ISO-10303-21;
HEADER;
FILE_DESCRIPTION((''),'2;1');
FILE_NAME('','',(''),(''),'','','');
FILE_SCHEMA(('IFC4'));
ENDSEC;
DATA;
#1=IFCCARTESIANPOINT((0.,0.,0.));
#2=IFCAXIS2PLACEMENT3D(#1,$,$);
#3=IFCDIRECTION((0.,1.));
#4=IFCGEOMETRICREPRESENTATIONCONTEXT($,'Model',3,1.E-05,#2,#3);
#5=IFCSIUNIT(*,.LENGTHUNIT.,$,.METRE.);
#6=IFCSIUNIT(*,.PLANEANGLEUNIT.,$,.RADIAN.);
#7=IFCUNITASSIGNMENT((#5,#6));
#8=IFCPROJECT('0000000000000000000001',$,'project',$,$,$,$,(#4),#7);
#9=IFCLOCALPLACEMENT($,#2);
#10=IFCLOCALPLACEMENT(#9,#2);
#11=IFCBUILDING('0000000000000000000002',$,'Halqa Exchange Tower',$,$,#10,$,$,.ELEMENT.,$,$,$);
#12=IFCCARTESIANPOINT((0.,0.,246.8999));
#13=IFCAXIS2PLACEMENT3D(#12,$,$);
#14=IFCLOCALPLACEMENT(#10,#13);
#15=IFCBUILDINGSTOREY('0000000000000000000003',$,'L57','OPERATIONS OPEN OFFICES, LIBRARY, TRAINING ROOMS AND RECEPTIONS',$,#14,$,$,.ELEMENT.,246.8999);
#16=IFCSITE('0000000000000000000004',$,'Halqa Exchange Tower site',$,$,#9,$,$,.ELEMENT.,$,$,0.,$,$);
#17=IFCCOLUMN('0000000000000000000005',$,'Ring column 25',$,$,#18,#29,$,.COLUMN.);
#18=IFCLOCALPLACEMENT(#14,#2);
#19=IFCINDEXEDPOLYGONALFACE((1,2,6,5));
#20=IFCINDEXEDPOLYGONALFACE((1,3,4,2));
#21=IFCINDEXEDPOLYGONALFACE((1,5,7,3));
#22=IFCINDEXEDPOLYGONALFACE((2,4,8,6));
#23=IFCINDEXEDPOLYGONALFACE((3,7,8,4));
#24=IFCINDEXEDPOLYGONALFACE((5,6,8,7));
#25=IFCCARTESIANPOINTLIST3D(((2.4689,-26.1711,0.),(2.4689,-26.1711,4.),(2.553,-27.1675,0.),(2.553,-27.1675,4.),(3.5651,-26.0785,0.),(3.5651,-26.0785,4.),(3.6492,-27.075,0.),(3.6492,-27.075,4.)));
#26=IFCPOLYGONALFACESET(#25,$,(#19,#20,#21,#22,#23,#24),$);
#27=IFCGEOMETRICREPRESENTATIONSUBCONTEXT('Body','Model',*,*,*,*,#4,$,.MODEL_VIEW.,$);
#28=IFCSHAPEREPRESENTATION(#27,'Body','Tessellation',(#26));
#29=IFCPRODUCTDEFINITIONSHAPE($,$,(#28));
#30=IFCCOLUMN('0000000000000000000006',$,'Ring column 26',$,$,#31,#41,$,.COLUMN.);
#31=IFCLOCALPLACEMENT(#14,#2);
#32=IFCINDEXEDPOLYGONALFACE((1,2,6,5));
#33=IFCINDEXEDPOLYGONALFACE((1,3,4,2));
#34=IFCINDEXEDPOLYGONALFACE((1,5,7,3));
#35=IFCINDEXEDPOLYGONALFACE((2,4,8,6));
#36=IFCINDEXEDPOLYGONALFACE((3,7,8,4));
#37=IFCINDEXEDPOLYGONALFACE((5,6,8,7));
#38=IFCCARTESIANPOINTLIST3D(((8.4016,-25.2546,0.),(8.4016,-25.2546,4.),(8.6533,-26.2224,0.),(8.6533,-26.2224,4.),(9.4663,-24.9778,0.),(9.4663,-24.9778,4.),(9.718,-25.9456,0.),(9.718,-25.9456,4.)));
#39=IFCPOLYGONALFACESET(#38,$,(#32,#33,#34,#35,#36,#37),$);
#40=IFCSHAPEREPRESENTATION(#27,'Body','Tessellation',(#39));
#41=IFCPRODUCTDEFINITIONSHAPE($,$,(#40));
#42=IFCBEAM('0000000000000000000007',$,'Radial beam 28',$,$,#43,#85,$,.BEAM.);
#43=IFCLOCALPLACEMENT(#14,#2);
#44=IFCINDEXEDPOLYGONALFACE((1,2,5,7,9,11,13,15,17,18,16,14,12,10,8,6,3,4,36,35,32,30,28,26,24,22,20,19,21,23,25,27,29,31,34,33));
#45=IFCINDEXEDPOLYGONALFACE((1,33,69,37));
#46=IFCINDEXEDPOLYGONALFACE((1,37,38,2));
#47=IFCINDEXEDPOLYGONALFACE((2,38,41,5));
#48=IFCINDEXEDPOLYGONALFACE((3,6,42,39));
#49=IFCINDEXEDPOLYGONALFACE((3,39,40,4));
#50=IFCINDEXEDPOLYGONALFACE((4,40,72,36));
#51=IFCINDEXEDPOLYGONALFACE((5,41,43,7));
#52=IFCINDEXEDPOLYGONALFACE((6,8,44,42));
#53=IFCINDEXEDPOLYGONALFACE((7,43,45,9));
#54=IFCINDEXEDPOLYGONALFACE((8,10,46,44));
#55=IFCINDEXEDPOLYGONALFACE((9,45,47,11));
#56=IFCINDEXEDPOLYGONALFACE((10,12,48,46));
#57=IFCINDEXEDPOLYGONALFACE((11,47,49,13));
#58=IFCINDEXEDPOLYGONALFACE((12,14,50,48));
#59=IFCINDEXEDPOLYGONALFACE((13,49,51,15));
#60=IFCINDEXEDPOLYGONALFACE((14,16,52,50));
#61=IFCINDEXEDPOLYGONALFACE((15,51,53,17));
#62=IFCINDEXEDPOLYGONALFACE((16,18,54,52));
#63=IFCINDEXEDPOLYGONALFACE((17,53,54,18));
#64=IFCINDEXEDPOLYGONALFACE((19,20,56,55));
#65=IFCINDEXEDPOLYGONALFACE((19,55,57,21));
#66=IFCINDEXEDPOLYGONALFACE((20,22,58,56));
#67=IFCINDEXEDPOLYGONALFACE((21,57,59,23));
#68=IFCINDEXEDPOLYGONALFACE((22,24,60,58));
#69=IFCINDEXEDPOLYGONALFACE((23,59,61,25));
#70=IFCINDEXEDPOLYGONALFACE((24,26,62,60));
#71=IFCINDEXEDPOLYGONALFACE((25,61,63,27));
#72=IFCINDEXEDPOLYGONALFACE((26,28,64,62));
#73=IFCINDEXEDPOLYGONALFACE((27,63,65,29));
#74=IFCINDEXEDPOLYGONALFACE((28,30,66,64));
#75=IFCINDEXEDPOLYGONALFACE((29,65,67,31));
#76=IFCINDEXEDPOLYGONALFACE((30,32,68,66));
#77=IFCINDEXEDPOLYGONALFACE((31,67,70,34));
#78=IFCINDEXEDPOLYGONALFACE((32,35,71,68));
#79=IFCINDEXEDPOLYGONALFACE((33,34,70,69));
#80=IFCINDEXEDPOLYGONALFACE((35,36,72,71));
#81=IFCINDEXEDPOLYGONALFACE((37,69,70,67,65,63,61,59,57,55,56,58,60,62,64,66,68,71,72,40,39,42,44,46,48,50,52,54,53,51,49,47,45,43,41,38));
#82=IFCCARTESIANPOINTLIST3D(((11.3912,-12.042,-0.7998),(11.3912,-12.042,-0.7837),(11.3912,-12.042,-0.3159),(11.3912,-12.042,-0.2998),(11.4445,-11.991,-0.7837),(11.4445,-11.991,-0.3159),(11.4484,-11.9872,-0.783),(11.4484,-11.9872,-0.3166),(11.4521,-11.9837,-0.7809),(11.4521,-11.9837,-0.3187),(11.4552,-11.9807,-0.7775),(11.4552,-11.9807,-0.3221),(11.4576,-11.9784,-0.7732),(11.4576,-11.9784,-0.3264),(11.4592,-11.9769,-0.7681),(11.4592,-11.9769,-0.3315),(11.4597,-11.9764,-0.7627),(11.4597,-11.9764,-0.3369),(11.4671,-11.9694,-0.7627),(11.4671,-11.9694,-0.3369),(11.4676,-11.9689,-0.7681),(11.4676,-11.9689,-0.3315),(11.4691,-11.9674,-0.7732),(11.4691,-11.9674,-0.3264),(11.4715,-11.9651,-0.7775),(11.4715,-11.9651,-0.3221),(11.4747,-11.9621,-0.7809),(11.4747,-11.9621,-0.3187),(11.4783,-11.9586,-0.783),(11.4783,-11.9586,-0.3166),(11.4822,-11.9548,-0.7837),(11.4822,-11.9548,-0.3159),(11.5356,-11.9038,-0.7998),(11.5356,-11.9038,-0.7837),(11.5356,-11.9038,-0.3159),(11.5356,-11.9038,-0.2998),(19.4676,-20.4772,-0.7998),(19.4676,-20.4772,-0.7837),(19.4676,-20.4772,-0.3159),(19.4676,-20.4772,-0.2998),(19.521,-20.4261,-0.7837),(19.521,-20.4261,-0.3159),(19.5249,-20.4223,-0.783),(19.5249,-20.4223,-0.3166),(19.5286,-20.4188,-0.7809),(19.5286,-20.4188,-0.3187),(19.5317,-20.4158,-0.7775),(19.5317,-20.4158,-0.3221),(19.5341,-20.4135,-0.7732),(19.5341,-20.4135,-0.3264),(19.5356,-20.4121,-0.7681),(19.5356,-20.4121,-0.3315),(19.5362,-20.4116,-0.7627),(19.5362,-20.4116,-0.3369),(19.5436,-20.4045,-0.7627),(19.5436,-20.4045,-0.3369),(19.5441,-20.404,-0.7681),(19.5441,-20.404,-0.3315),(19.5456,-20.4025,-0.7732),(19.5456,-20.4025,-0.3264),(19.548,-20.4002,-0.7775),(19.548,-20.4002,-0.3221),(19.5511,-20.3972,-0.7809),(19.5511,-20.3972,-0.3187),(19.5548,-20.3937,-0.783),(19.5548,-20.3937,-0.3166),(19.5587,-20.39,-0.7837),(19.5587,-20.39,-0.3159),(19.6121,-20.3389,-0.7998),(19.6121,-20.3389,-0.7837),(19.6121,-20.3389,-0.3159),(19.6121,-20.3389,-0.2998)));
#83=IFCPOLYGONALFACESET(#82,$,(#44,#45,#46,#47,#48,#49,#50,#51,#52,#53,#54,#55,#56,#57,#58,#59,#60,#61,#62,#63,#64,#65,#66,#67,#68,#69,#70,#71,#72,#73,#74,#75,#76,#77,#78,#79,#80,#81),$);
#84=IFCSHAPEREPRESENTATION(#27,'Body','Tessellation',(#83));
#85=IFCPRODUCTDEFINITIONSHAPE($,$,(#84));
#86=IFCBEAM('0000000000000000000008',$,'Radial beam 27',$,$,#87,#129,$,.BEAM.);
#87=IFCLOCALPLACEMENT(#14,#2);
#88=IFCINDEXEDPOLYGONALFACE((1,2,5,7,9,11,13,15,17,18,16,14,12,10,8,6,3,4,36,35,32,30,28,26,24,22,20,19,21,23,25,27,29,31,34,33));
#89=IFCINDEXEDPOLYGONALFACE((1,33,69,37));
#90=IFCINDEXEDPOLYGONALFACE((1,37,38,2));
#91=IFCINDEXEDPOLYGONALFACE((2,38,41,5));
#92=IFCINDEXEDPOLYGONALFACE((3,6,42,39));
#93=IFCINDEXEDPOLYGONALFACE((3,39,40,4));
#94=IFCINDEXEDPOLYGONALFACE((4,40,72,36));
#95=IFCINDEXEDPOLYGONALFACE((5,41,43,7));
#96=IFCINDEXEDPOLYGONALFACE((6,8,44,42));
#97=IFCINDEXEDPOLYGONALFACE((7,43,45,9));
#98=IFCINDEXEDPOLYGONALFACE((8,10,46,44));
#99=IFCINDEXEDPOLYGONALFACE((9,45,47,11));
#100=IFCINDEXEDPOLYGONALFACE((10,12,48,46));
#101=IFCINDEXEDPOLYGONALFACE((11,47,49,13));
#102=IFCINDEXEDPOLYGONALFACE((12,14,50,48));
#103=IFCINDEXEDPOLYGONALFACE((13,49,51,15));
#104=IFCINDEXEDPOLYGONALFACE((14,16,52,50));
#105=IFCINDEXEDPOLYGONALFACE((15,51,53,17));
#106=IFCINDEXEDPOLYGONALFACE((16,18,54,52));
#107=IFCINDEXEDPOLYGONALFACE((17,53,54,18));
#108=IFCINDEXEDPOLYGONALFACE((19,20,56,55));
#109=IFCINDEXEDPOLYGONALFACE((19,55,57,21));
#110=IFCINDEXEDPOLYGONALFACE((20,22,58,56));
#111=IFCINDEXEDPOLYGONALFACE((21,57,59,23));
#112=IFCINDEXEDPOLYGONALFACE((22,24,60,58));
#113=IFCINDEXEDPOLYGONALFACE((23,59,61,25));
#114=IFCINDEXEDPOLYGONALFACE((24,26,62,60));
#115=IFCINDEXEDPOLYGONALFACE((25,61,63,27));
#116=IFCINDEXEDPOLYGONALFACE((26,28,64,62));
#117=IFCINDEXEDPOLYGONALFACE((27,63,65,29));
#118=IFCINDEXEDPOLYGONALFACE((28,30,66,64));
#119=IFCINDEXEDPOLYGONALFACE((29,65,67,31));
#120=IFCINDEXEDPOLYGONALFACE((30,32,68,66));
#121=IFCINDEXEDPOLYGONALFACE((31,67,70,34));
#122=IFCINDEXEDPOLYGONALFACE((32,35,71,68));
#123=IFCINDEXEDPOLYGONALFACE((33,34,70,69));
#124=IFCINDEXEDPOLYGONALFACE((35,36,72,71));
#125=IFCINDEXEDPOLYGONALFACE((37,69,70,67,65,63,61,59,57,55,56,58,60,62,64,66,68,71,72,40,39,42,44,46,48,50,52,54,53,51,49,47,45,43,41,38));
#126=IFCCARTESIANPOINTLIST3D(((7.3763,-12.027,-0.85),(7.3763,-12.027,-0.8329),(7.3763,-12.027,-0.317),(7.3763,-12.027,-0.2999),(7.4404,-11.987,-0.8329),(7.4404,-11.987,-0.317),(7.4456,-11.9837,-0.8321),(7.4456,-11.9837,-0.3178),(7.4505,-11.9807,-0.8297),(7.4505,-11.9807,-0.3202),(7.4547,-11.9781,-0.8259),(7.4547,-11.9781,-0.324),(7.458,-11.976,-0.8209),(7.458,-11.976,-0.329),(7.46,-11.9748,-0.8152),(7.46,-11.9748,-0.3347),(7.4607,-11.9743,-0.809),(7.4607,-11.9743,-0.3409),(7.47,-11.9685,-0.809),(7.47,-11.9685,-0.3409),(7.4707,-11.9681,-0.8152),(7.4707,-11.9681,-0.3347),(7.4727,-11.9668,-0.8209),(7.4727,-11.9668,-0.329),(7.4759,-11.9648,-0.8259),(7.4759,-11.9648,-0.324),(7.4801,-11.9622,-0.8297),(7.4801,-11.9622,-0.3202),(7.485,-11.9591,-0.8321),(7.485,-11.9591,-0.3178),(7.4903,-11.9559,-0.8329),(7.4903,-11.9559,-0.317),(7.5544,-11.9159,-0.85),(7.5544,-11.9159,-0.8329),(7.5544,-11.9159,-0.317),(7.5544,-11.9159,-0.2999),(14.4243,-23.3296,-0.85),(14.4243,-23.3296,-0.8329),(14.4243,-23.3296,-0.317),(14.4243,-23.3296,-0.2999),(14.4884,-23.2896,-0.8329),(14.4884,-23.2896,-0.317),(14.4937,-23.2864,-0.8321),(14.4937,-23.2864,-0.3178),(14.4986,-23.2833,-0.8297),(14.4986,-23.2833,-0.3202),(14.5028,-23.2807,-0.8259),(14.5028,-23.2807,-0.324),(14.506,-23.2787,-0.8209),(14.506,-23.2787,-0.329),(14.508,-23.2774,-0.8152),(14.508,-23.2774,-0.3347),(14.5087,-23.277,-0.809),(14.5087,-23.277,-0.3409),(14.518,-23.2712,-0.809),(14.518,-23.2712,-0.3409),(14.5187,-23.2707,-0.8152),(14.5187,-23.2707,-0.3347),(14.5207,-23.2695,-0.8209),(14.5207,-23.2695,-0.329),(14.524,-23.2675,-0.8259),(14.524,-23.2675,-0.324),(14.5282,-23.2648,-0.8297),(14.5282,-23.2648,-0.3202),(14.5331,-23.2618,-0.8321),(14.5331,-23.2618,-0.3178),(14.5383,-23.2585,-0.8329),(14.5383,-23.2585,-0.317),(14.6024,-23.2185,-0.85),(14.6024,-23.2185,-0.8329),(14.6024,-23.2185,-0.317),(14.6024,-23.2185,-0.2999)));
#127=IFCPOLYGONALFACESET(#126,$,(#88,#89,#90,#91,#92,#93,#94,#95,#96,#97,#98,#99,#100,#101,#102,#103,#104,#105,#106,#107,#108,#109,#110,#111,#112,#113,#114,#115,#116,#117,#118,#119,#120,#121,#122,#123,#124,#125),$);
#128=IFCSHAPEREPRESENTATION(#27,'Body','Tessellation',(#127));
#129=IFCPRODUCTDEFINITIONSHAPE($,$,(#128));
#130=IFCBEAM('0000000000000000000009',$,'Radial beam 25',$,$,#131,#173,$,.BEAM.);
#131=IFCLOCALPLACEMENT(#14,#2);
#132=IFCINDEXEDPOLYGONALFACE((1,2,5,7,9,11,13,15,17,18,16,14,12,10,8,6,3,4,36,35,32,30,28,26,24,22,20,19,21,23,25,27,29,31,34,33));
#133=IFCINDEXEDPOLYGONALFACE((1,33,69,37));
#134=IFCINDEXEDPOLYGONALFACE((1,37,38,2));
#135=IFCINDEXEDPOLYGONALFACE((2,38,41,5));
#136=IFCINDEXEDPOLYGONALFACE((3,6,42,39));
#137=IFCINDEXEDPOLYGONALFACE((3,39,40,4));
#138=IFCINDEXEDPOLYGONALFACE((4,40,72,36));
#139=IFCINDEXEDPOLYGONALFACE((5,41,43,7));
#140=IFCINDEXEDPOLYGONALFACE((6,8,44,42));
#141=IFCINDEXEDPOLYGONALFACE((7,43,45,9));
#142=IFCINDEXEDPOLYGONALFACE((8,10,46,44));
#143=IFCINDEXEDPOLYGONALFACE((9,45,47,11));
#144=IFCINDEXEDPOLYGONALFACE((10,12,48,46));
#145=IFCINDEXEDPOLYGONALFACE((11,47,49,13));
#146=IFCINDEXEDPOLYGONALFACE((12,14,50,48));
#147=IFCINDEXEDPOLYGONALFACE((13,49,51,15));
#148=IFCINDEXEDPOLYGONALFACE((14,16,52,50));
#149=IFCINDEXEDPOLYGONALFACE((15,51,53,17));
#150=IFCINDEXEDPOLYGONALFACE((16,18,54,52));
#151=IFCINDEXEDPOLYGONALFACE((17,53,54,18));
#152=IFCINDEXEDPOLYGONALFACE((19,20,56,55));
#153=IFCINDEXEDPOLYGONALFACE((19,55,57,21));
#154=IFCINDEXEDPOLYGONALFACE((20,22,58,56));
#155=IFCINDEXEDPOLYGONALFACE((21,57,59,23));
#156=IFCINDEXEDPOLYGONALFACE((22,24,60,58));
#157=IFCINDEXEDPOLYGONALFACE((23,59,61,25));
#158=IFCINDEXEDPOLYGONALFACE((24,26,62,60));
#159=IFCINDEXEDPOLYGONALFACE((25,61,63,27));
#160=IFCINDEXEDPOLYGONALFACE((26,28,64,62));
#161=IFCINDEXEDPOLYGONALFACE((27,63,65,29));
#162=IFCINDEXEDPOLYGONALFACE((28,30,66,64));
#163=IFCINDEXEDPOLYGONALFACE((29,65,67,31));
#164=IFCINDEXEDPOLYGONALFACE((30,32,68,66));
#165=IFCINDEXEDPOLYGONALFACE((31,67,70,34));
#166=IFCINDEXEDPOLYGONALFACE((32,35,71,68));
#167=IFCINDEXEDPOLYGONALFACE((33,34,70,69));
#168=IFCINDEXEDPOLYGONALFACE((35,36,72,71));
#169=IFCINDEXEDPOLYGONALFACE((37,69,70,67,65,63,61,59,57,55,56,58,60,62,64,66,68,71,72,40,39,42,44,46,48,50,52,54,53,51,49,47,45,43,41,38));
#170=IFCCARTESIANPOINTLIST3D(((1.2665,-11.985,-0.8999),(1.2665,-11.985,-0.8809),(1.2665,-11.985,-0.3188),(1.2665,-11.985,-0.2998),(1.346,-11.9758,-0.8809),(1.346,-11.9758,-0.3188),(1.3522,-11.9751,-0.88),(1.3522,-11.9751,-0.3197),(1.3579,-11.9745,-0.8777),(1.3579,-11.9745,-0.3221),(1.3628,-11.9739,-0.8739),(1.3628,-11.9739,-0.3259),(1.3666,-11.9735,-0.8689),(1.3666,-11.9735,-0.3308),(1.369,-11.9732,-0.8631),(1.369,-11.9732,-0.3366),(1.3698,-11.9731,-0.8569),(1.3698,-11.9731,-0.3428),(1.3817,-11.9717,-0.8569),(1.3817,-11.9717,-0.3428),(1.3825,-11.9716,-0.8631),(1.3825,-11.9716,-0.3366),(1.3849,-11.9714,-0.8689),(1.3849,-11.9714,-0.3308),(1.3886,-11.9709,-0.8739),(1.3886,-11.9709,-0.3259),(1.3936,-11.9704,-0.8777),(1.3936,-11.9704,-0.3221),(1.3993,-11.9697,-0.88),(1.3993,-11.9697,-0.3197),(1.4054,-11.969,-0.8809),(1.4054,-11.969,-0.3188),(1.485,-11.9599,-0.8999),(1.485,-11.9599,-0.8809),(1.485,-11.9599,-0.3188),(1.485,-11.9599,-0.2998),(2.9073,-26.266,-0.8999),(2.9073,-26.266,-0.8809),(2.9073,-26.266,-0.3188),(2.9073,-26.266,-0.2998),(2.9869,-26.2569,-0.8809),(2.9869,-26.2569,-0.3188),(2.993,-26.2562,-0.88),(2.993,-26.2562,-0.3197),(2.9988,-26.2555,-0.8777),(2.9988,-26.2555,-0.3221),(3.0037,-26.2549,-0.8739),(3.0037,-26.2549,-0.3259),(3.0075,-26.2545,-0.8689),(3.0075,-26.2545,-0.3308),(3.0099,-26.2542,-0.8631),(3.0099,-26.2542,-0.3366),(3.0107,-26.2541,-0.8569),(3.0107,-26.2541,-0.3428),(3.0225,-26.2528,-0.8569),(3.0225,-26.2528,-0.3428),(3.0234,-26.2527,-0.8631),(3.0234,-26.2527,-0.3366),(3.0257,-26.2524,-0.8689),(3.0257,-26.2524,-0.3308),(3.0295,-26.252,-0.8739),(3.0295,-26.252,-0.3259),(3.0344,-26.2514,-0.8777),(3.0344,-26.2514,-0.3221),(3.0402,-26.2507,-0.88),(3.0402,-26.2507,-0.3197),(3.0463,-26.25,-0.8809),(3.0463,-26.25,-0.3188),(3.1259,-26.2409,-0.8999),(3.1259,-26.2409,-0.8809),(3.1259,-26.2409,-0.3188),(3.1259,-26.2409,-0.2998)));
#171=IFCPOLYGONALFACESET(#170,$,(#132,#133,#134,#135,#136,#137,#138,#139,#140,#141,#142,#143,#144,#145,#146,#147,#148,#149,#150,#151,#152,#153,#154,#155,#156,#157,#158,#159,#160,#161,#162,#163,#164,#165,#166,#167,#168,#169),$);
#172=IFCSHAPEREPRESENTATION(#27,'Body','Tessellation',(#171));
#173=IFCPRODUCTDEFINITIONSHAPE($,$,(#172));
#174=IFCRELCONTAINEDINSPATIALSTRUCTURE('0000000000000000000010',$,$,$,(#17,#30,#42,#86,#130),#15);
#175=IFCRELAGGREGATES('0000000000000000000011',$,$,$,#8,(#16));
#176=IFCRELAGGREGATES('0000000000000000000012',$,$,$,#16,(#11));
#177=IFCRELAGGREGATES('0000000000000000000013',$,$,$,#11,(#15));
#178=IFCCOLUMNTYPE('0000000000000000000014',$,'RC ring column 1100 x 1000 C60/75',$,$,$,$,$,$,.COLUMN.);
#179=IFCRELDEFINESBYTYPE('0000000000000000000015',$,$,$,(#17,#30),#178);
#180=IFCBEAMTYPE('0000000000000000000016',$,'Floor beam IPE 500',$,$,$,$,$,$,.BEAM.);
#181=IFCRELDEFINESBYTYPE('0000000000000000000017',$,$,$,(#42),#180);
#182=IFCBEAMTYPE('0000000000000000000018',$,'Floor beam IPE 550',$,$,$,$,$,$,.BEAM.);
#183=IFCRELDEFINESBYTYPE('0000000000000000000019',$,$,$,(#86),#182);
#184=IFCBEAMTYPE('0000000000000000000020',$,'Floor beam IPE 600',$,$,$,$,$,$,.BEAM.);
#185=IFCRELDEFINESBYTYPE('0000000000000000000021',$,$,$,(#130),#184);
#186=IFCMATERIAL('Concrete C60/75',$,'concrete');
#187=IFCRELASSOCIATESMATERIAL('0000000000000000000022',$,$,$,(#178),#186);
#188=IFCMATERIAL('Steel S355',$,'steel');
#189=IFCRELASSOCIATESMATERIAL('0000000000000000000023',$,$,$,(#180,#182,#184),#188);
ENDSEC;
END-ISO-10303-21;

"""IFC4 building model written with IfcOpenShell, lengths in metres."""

from ifc_helpers import new_model, si_unit, direction, frame, origin, origin_2d, place, context, subcontext, project, spatial, rectangle, i_section, extrude, material, material_profile, profile_set, type_object, element, save


model = new_model("IFC4")

# Units and contexts
model_context = context("Model", 3, precision=1e-05, world=origin(), true_north=direction((0.0, 1.0)))
body_context = subcontext(model_context, "Body", "Model", "MODEL_VIEW")
ifc_project = project(units=[si_unit("LENGTHUNIT", "METRE"), si_unit("PLANEANGLEUNIT", "RADIAN")], contexts=[model_context])

# Site, building, storey
site_placement = place(None, origin())
site = spatial("IfcSite", under=ifc_project, at=site_placement, Name="Halqa Exchange Tower site", CompositionType="ELEMENT", RefElevation=0.0)
building_placement = place(site_placement, origin())
building = spatial("IfcBuilding", under=site, at=building_placement, Name="Halqa Exchange Tower", CompositionType="ELEMENT")
storey_placement = place(building_placement, frame((0.0, 0.0, 246.8999)))
storey = spatial("IfcBuildingStorey", under=building, at=storey_placement, Name="L57", Description="OPERATIONS OPEN OFFICES, LIBRARY, TRAINING ROOMS AND RECEPTIONS", CompositionType="ELEMENT", Elevation=246.8999)

# Columns
ifc_material_1 = material(Name="Concrete C60/75", Category="concrete")
ifc_material_profile_1 = material_profile(ifc_material_1, rectangle(XDim=1.1001, YDim=1.0, at=origin_2d()), Name="1100 x 1000")
ifc_profile_set_1 = profile_set([ifc_material_profile_1], Name="Concrete C60/75")
column_type = type_object("IfcColumnType", Name="RC ring column 1100 x 1000 C60/75", PredefinedType="COLUMN", material=ifc_profile_set_1)
for number, where, z_axis, x_axis, name in (
    (1, (3.0591, -26.623, 0.0), (0.0, 0.0, 1.0), (0.996456, 0.084121, 0.0), "Ring column 25"),
    (2, (9.0598, -25.6001, 0.0), (0.0, 0.0, 1.0), (0.96782, 0.251645, 0.0), "Ring column 26"),
):
    element("IfcColumn", number, at=place(storey_placement, frame(where, z_axis=z_axis, x_axis=x_axis)), inside=storey, type_object=column_type, Name=name, PredefinedType="COLUMN", context=body_context, shape_type="SweptSolid", body=[
        extrude(rectangle(XDim=1.1001, YDim=1.0, at=origin_2d()), origin(), (0.0, 0.0, 1.0), 4.0),
    ])

# Beams
ifc_material_2 = material(Name="Steel S355", Category="steel")
ifc_material_profile_2 = material_profile(ifc_material_2, i_section(OverallWidth=0.2, OverallDepth=0.5, WebThickness=0.0103, FlangeThickness=0.0161, FilletRadius=0.021, at=origin_2d()), Name="IPE 500")
ifc_profile_set_2 = profile_set([ifc_material_profile_2], Name="Steel S355")
beam_type_1 = type_object("IfcBeamType", Name="Floor beam IPE 500", PredefinedType="BEAM", material=ifc_profile_set_2)
beam_1_placement = place(storey_placement, frame((11.4634, -11.9729, -0.5498), z_axis=(0.691585, -0.722295, 0.0), x_axis=(0.722295, 0.691585, 0.0)))
element("IfcBeam", 3, at=beam_1_placement, inside=storey, type_object=beam_type_1, Name="Radial beam 28", PredefinedType="BEAM", context=body_context, shape_type="SweptSolid", body=[
    extrude(i_section(OverallWidth=0.2, OverallDepth=0.5, WebThickness=0.0103, FlangeThickness=0.0161, FilletRadius=0.021, at=origin_2d()), origin(), (0.0, 0.0, 1.0), 11.6782),
])
ifc_material_profile_3 = material_profile(ifc_material_2, i_section(OverallWidth=0.21, OverallDepth=0.55, WebThickness=0.011, FlangeThickness=0.0171, FilletRadius=0.0239, at=origin_2d()), Name="IPE 550")
ifc_profile_set_3 = profile_set([ifc_material_profile_3], Name="Steel S355")
beam_type_2 = type_object("IfcBeamType", Name="Floor beam IPE 550", PredefinedType="BEAM", material=ifc_profile_set_3)
beam_2_placement = place(storey_placement, frame((7.4653, -11.9714, -0.575), z_axis=(0.529129, -0.848542, 0.0), x_axis=(0.848542, 0.529129, 0.0)))
element("IfcBeam", 4, at=beam_2_placement, inside=storey, type_object=beam_type_2, Name="Radial beam 27", PredefinedType="BEAM", context=body_context, shape_type="SweptSolid", body=[
    extrude(i_section(OverallWidth=0.21, OverallDepth=0.55, WebThickness=0.011, FlangeThickness=0.0171, FilletRadius=0.0239, at=origin_2d()), origin(), (0.0, 0.0, 1.0), 13.3201),
])
ifc_material_profile_4 = material_profile(ifc_material_2, i_section(OverallWidth=0.22, OverallDepth=0.6001, WebThickness=0.012, FlangeThickness=0.019, FilletRadius=0.0239, at=origin_2d()), Name="IPE 600")
ifc_profile_set_4 = profile_set([ifc_material_profile_4], Name="Steel S355")
beam_type_3 = type_object("IfcBeamType", Name="Floor beam IPE 600", PredefinedType="BEAM", material=ifc_profile_set_4)
beam_3_placement = place(storey_placement, frame((1.3757, -11.9724, -0.5999), z_axis=(0.114148, -0.993464, 0.0), x_axis=(0.993464, 0.114148, 0.0)))
element("IfcBeam", 5, at=beam_3_placement, inside=storey, type_object=beam_type_3, Name="Radial beam 25", PredefinedType="BEAM", context=body_context, shape_type="SweptSolid", body=[
    extrude(i_section(OverallWidth=0.22, OverallDepth=0.6001, WebThickness=0.012, FlangeThickness=0.019, FilletRadius=0.0239, at=origin_2d()), origin(), (0.0, 0.0, 1.0), 14.375),
])

save(model, "model.ifc")
